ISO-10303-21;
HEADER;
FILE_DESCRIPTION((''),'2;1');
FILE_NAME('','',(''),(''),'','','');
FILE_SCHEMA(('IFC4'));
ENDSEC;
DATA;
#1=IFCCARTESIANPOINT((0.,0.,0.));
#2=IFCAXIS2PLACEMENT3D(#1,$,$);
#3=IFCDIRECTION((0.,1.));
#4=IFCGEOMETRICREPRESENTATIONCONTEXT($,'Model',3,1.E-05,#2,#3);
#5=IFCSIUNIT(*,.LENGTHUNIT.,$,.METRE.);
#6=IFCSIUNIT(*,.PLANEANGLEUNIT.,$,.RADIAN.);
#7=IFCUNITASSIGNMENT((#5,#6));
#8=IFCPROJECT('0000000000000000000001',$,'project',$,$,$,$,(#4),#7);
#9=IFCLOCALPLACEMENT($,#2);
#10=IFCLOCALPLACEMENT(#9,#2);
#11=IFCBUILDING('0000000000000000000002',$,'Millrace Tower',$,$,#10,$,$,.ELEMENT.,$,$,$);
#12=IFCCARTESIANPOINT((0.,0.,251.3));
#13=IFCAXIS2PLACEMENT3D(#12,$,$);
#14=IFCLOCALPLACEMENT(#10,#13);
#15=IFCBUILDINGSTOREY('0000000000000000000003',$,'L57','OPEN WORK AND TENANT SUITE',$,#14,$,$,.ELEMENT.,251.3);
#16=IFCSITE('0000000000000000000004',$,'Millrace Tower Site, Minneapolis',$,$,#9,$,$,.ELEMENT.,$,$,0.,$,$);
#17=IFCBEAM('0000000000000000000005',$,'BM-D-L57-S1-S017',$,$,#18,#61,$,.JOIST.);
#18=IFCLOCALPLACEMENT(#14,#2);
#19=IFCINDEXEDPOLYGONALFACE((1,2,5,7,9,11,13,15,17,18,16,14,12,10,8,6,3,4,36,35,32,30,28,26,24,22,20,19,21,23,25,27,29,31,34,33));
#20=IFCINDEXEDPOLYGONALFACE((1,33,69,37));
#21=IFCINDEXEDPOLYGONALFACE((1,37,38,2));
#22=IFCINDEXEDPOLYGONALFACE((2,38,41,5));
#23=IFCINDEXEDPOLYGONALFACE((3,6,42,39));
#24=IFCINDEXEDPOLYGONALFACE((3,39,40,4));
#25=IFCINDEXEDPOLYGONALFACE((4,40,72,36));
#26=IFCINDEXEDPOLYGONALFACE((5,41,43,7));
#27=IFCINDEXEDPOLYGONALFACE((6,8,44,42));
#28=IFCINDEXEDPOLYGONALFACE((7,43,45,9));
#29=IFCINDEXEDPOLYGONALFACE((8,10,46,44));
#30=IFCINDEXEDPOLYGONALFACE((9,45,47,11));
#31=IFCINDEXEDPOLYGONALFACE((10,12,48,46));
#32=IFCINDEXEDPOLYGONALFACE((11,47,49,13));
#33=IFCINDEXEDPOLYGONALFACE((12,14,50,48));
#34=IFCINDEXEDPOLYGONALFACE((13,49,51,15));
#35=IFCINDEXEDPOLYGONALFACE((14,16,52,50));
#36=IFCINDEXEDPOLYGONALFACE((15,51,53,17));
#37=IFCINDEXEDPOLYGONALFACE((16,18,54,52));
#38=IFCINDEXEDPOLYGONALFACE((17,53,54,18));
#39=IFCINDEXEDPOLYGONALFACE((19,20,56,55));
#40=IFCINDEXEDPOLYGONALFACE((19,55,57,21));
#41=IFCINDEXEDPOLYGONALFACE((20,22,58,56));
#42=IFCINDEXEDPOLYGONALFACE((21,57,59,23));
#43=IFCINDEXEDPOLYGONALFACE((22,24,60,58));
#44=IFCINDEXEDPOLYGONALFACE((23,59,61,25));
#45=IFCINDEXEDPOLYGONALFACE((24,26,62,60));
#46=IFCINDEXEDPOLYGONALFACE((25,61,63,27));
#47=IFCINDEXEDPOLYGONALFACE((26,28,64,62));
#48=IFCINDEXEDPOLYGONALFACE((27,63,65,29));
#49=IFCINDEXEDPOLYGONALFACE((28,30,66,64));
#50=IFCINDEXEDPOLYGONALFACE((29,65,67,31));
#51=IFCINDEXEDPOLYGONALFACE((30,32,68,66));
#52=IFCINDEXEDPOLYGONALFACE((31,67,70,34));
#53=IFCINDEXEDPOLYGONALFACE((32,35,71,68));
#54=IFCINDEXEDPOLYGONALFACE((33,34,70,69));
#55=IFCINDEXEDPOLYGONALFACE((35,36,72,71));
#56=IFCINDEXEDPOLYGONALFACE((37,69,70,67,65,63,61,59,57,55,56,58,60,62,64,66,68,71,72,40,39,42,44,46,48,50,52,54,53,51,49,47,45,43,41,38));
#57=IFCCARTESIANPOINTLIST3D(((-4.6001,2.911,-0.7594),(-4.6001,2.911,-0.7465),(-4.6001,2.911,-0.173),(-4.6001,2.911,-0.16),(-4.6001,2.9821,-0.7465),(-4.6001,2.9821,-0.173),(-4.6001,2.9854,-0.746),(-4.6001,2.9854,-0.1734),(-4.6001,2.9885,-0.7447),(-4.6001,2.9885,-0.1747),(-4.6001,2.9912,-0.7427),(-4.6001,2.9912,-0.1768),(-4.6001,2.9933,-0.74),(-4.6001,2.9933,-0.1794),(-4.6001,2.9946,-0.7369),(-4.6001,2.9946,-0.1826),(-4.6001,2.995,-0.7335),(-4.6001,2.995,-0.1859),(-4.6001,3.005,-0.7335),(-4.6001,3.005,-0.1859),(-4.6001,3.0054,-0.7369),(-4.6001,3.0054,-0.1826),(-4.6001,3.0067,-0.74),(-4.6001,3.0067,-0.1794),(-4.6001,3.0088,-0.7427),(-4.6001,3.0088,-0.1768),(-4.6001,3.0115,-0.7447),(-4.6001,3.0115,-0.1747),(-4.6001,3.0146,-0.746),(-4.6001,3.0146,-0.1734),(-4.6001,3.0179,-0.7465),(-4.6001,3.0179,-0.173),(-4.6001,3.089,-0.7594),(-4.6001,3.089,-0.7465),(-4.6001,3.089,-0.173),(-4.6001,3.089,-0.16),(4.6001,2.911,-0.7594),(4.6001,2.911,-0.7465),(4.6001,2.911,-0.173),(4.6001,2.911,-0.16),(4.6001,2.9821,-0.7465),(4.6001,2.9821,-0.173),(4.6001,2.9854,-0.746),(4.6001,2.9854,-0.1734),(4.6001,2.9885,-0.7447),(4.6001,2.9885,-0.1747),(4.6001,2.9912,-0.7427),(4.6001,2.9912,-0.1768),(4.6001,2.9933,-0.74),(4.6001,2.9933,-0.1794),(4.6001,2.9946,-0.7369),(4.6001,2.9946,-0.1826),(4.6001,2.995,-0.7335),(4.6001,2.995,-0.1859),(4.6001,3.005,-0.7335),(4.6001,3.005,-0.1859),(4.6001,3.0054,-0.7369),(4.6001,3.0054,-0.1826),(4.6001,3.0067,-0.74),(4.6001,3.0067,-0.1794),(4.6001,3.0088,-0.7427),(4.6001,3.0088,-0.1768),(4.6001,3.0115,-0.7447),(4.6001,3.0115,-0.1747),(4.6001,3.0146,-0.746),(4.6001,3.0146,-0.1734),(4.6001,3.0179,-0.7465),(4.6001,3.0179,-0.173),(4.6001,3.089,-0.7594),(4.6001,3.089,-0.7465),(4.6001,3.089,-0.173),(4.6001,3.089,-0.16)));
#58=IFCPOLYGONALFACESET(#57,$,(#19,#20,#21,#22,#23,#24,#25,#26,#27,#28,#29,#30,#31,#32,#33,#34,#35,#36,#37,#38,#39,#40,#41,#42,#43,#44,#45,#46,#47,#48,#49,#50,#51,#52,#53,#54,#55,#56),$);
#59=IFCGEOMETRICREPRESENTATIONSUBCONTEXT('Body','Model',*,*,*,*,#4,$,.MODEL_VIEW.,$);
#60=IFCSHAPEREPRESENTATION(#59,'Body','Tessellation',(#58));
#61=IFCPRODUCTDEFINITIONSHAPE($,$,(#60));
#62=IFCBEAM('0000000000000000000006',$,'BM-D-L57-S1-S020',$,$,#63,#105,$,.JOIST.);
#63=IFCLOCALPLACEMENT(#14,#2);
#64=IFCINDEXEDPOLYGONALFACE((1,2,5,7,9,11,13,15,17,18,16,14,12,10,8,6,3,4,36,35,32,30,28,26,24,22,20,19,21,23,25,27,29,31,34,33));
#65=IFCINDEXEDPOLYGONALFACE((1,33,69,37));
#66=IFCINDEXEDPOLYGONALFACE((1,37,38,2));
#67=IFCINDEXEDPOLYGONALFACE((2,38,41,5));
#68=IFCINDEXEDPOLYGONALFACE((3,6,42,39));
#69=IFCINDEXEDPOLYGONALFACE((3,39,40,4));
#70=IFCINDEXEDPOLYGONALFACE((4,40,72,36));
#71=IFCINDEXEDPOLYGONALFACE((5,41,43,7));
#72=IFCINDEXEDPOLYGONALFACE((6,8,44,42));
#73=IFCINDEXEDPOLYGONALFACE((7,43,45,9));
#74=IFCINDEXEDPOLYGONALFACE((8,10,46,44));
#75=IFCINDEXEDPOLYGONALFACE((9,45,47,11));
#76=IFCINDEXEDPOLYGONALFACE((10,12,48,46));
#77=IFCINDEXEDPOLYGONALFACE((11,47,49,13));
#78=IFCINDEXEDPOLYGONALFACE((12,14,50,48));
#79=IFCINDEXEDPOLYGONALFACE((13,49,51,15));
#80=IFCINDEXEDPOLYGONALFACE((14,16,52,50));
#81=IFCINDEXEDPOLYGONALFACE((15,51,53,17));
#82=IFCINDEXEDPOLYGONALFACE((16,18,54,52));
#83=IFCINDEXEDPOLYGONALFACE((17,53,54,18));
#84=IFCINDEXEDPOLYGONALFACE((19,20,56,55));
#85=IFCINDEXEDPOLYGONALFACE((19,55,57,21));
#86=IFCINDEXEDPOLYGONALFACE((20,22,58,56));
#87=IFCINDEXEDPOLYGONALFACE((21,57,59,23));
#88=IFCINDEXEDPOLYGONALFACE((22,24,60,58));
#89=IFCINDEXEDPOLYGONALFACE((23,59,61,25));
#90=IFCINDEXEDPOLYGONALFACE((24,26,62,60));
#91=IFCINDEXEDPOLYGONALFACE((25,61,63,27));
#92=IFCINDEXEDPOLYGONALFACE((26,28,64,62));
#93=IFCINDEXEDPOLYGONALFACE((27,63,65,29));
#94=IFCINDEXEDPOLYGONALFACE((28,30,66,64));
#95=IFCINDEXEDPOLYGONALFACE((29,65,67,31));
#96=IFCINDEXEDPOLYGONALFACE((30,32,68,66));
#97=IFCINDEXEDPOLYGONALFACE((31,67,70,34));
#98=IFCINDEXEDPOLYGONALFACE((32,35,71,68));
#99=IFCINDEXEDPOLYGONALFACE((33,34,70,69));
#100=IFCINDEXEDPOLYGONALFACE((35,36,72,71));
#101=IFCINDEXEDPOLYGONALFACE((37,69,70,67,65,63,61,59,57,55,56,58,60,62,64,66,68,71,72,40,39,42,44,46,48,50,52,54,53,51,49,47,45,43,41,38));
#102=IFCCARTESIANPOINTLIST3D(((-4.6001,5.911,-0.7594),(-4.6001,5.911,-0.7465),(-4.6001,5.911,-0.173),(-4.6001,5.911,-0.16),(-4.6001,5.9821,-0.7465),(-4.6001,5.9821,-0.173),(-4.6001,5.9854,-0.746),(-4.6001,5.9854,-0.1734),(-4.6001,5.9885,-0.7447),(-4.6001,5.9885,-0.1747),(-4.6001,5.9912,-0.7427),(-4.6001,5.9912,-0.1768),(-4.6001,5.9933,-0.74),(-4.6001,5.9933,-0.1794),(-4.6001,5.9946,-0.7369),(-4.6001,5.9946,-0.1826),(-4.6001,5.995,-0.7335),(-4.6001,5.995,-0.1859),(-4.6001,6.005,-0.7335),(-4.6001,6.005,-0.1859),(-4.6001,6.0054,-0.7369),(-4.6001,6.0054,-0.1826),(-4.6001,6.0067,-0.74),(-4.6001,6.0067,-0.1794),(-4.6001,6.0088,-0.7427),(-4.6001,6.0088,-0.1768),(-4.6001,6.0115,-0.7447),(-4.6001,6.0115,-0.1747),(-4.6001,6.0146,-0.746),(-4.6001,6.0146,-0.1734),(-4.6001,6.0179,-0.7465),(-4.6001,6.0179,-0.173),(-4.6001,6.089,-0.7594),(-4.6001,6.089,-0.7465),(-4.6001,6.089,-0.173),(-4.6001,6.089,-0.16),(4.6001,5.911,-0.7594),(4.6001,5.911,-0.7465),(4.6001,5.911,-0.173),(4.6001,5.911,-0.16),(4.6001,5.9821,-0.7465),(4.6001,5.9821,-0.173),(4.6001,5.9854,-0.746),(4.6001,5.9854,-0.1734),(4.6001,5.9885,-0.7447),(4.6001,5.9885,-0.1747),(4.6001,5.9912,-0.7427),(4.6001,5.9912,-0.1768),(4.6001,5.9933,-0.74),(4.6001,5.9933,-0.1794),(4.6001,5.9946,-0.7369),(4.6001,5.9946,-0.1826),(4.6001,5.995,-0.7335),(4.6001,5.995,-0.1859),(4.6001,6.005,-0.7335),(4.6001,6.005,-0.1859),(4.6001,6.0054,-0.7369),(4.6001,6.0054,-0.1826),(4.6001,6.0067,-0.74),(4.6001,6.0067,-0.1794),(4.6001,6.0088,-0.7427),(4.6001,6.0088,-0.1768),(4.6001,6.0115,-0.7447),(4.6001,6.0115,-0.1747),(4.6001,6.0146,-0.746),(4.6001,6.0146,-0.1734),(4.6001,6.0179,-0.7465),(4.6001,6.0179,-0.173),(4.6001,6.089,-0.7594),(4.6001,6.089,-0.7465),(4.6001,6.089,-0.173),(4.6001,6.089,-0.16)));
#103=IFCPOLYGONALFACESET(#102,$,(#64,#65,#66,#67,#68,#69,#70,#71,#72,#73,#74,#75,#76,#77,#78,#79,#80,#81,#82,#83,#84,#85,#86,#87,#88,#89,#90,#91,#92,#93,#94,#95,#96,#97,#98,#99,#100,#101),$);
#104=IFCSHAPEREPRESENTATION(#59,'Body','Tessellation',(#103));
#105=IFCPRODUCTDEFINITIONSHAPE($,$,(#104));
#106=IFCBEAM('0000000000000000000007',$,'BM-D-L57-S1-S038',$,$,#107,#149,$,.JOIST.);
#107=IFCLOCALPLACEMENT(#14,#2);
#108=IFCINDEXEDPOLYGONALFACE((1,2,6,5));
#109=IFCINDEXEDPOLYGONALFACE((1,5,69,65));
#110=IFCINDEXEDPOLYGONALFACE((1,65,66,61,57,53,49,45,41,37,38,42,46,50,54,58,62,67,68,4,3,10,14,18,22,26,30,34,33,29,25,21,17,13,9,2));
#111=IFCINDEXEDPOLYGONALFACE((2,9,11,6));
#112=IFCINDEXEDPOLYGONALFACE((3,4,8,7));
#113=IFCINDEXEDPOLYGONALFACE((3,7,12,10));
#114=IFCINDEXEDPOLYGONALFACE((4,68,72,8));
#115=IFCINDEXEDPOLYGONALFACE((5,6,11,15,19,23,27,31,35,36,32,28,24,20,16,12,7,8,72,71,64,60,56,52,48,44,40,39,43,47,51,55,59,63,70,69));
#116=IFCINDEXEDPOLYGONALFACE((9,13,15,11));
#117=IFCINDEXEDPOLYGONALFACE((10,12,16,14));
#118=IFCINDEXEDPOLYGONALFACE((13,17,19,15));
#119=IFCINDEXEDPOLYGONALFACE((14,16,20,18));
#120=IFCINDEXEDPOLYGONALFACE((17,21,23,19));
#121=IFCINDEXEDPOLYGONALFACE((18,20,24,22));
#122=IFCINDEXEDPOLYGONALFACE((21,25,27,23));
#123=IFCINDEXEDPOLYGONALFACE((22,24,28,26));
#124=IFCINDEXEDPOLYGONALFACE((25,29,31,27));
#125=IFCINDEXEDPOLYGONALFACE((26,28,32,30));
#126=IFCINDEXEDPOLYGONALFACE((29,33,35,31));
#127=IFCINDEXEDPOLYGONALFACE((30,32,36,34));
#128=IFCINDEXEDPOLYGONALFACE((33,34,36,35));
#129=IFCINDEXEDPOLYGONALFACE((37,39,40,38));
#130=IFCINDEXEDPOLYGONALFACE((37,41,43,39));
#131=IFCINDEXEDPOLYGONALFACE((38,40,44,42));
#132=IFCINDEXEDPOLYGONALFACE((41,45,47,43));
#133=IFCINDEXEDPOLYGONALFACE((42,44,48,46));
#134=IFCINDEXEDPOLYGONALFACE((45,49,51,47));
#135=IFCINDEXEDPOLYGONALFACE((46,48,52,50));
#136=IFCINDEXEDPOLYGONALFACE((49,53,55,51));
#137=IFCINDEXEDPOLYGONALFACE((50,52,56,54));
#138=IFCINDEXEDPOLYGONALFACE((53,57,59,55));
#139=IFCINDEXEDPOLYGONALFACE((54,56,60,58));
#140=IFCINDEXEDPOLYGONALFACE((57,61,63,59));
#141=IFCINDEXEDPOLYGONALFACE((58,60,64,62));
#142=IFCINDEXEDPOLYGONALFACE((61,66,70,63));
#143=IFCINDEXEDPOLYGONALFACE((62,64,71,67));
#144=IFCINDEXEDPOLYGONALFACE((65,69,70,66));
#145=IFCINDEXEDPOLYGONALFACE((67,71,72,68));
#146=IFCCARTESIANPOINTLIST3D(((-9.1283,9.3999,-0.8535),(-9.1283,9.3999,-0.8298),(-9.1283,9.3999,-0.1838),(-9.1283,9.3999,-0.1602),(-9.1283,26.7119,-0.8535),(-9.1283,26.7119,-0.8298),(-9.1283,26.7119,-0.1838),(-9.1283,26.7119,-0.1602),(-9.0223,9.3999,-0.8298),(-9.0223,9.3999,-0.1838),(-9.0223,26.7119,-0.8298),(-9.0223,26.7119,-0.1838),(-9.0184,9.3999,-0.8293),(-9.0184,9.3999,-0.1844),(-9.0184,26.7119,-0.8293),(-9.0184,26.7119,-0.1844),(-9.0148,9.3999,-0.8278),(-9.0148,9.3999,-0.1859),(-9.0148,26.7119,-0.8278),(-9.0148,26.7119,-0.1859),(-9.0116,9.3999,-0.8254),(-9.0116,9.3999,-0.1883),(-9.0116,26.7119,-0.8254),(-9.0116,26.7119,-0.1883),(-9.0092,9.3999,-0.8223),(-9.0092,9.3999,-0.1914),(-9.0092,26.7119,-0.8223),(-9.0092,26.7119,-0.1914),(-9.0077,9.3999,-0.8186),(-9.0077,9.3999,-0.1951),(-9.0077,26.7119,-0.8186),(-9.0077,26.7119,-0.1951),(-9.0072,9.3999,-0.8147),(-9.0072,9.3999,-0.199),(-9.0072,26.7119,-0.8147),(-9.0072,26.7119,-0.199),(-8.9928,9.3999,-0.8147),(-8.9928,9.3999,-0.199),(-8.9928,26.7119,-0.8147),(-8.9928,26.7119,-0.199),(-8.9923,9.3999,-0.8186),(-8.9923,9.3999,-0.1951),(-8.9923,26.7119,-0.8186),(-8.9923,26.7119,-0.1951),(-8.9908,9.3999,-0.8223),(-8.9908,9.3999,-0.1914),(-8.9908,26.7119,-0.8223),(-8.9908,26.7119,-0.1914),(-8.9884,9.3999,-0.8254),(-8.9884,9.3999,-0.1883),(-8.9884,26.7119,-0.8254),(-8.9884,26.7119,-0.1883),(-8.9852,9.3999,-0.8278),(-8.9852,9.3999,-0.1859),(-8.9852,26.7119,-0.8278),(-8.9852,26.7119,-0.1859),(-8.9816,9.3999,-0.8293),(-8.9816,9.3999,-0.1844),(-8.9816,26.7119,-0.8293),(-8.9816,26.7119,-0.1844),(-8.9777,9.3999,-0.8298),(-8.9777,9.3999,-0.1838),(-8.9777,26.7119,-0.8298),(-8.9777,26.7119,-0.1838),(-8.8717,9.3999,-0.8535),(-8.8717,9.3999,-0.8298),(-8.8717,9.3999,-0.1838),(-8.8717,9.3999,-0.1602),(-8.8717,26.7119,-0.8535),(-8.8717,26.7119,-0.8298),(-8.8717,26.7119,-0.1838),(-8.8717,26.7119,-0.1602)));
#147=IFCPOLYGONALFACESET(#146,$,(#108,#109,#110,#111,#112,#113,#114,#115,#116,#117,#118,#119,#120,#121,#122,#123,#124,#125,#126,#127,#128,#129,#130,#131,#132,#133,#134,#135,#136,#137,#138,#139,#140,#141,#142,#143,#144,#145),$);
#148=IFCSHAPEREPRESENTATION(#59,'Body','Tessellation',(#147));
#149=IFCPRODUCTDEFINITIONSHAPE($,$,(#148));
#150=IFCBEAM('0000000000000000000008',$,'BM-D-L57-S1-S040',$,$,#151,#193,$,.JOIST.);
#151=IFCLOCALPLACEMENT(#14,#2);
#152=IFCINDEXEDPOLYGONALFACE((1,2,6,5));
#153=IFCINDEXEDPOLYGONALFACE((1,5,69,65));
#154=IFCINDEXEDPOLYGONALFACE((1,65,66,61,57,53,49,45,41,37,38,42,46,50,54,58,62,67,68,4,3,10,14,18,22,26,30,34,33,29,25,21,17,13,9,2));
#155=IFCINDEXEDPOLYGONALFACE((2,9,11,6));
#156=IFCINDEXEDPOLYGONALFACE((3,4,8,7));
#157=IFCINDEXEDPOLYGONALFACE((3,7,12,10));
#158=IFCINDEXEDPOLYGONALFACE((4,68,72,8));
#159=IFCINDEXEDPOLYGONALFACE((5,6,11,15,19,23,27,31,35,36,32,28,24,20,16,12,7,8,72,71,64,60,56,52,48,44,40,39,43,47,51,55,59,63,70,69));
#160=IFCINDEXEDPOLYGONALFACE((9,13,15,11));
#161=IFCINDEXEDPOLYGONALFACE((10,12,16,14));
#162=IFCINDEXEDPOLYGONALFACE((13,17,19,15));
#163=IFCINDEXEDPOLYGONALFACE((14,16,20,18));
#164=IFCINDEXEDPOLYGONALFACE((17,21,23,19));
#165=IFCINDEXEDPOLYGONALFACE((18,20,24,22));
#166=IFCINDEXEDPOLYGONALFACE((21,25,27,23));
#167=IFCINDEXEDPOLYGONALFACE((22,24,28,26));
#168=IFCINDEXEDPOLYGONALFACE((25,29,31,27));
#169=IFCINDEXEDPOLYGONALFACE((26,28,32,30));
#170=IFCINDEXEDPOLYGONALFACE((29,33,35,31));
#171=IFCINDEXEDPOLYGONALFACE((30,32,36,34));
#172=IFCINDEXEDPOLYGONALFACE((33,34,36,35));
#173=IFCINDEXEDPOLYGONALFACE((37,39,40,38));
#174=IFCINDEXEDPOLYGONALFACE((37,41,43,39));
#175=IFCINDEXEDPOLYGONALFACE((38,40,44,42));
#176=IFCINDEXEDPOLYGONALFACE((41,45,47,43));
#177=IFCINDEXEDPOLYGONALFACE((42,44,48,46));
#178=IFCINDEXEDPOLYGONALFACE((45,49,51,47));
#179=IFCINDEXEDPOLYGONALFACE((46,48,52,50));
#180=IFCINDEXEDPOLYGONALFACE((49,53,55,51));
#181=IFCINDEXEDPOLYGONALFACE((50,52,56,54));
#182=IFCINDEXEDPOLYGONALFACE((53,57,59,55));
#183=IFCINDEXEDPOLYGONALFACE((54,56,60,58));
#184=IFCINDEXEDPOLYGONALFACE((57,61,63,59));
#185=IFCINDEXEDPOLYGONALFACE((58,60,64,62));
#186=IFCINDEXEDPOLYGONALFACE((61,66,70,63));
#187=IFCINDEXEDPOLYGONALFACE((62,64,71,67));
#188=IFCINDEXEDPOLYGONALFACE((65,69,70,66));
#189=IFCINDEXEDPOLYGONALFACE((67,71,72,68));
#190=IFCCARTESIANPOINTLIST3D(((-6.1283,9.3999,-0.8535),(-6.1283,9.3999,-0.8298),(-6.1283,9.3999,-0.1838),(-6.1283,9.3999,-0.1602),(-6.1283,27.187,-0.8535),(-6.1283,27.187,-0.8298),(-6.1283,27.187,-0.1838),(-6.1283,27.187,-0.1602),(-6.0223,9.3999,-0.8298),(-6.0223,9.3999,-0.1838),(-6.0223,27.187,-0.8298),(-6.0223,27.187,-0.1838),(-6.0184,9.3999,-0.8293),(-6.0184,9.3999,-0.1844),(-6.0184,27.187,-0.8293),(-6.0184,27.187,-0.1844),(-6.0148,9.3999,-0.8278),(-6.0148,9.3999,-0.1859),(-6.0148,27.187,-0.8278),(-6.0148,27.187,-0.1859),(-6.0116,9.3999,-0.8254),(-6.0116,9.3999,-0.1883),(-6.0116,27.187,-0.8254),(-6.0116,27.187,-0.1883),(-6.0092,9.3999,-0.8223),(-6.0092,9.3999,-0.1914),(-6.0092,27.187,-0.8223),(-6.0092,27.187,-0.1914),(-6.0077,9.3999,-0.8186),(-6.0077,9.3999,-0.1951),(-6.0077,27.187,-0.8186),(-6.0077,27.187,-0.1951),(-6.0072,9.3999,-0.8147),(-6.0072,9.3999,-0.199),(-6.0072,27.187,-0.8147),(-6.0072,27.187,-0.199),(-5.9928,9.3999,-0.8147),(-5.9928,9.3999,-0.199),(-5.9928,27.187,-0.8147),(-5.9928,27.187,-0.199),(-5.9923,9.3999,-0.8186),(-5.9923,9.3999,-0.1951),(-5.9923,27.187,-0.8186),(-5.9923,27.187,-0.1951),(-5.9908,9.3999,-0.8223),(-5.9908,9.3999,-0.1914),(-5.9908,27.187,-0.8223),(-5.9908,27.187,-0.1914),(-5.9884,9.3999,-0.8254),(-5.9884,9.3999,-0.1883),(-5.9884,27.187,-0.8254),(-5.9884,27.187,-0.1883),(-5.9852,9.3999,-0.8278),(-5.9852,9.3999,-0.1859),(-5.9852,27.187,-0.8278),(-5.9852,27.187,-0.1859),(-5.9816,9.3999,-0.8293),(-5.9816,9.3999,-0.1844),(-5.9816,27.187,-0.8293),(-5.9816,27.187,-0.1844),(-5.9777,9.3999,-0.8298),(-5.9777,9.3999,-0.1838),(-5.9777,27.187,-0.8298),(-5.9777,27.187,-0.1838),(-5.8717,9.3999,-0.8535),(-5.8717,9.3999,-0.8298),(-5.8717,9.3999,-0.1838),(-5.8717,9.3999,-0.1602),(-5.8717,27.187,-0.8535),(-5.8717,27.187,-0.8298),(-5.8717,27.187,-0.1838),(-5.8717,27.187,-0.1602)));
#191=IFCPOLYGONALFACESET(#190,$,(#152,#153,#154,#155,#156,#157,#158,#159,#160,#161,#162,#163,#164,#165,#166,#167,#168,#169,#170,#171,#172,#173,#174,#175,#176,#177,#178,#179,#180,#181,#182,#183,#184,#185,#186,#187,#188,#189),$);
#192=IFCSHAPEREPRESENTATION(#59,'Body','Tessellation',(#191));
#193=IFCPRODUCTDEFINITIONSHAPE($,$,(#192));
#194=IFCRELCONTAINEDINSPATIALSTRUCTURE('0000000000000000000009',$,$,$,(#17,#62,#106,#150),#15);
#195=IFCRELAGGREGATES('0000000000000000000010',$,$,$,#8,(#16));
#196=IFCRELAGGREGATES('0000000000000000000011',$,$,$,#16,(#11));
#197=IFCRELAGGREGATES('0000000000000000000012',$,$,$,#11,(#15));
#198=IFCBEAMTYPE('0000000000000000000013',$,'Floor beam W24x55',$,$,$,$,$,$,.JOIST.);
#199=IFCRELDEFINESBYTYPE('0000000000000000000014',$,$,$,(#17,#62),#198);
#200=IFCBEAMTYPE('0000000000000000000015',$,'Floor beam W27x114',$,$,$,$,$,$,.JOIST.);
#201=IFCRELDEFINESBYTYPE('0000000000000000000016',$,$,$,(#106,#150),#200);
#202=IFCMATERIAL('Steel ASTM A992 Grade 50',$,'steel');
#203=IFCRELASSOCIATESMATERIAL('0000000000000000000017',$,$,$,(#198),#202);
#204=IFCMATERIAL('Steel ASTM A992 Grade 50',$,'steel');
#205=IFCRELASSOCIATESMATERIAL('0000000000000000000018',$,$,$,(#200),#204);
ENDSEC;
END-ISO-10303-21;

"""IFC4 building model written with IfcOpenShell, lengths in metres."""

from ifc_helpers import new_model, si_unit, direction, frame, origin, origin_2d, place, context, subcontext, project, spatial, i_section, extrude, material, material_profile, profile_set, type_object, element, save


model = new_model("IFC4")

# Units and contexts
model_context = context("Model", 3, precision=1e-05, world=origin(), true_north=direction((0.0, 1.0)))
body_context = subcontext(model_context, "Body", "Model", "MODEL_VIEW")
ifc_project = project(units=[si_unit("LENGTHUNIT", "METRE"), si_unit("PLANEANGLEUNIT", "RADIAN")], contexts=[model_context])

# Site, building, storey
site_placement = place(None, origin())
site = spatial("IfcSite", under=ifc_project, at=site_placement, Name="Millrace Tower Site, Minneapolis", CompositionType="ELEMENT", RefElevation=0.0)
building_placement = place(site_placement, origin())
building = spatial("IfcBuilding", under=site, at=building_placement, Name="Millrace Tower", CompositionType="ELEMENT")
storey_placement = place(building_placement, frame((0.0, 0.0, 251.3)))
storey = spatial("IfcBuildingStorey", under=building, at=storey_placement, Name="L57", Description="OPEN WORK AND TENANT SUITE", CompositionType="ELEMENT", Elevation=251.3)

# Beams
ifc_material_1 = material(Name="Steel ASTM A992 Grade 50", Category="steel")
ifc_material_profile_1 = material_profile(ifc_material_1, i_section(OverallWidth=0.178, OverallDepth=0.5994, WebThickness=0.01, FlangeThickness=0.0129, FilletRadius=0.0129, at=origin_2d()))
ifc_profile_set_1 = profile_set([ifc_material_profile_1], Name="Steel ASTM A992 Grade 50")
beam_type_1 = type_object("IfcBeamType", Name="Floor beam W24x55", PredefinedType="JOIST", material=ifc_profile_set_1)
for number, where, z_axis, x_axis, name in (
    (1, (-4.6001, 3.0, -0.4597), (1.0, 0.0, 0.0), (0.0, 1.0, 0.0), "BM-D-L57-S1-S017"),
    (2, (-4.6001, 6.0, -0.4597), (1.0, 0.0, 0.0), (0.0, 1.0, 0.0), "BM-D-L57-S1-S020"),
):
    element("IfcBeam", number, at=place(storey_placement, frame(where, z_axis=z_axis, x_axis=x_axis)), inside=storey, type_object=beam_type_1, Name=name, PredefinedType="JOIST", context=body_context, shape_type="SweptSolid", body=[
        extrude(i_section(OverallWidth=0.178, OverallDepth=0.5994, WebThickness=0.01, FlangeThickness=0.0129, FilletRadius=0.0129, at=origin_2d()), origin(), (0.0, 0.0, 1.0), 9.2002),
    ])
ifc_material_2 = material(Name="Steel ASTM A992 Grade 50", Category="steel")
ifc_material_profile_2 = material_profile(ifc_material_2, i_section(OverallWidth=0.2566, OverallDepth=0.6934, WebThickness=0.0144, FlangeThickness=0.0237, FilletRadius=0.0151, at=origin_2d()))
ifc_profile_set_2 = profile_set([ifc_material_profile_2], Name="Steel ASTM A992 Grade 50")
beam_type_2 = type_object("IfcBeamType", Name="Floor beam W27x114", PredefinedType="JOIST", material=ifc_profile_set_2)
beam_1_placement = place(storey_placement, frame((-9.0, 9.3999, -0.5068), z_axis=(0.0, 1.0, 0.0), x_axis=(-1.0, 0.0, 0.0)))
element("IfcBeam", 3, at=beam_1_placement, inside=storey, type_object=beam_type_2, Name="BM-D-L57-S1-S038", PredefinedType="JOIST", context=body_context, shape_type="SweptSolid", body=[
    extrude(i_section(OverallWidth=0.2566, OverallDepth=0.6934, WebThickness=0.0144, FlangeThickness=0.0237, FilletRadius=0.0151, at=origin_2d()), origin(), (0.0, 0.0, 1.0), 17.312),
])
beam_2_placement = place(storey_placement, frame((-6.0, 9.3999, -0.5068), z_axis=(0.0, 1.0, 0.0), x_axis=(-1.0, 0.0, 0.0)))
element("IfcBeam", 4, at=beam_2_placement, inside=storey, type_object=beam_type_2, Name="BM-D-L57-S1-S040", PredefinedType="JOIST", context=body_context, shape_type="SweptSolid", body=[
    extrude(i_section(OverallWidth=0.2566, OverallDepth=0.6934, WebThickness=0.0144, FlangeThickness=0.0237, FilletRadius=0.0151, at=origin_2d()), origin(), (0.0, 0.0, 1.0), 17.7871),
])

save(model, "model.ifc")
